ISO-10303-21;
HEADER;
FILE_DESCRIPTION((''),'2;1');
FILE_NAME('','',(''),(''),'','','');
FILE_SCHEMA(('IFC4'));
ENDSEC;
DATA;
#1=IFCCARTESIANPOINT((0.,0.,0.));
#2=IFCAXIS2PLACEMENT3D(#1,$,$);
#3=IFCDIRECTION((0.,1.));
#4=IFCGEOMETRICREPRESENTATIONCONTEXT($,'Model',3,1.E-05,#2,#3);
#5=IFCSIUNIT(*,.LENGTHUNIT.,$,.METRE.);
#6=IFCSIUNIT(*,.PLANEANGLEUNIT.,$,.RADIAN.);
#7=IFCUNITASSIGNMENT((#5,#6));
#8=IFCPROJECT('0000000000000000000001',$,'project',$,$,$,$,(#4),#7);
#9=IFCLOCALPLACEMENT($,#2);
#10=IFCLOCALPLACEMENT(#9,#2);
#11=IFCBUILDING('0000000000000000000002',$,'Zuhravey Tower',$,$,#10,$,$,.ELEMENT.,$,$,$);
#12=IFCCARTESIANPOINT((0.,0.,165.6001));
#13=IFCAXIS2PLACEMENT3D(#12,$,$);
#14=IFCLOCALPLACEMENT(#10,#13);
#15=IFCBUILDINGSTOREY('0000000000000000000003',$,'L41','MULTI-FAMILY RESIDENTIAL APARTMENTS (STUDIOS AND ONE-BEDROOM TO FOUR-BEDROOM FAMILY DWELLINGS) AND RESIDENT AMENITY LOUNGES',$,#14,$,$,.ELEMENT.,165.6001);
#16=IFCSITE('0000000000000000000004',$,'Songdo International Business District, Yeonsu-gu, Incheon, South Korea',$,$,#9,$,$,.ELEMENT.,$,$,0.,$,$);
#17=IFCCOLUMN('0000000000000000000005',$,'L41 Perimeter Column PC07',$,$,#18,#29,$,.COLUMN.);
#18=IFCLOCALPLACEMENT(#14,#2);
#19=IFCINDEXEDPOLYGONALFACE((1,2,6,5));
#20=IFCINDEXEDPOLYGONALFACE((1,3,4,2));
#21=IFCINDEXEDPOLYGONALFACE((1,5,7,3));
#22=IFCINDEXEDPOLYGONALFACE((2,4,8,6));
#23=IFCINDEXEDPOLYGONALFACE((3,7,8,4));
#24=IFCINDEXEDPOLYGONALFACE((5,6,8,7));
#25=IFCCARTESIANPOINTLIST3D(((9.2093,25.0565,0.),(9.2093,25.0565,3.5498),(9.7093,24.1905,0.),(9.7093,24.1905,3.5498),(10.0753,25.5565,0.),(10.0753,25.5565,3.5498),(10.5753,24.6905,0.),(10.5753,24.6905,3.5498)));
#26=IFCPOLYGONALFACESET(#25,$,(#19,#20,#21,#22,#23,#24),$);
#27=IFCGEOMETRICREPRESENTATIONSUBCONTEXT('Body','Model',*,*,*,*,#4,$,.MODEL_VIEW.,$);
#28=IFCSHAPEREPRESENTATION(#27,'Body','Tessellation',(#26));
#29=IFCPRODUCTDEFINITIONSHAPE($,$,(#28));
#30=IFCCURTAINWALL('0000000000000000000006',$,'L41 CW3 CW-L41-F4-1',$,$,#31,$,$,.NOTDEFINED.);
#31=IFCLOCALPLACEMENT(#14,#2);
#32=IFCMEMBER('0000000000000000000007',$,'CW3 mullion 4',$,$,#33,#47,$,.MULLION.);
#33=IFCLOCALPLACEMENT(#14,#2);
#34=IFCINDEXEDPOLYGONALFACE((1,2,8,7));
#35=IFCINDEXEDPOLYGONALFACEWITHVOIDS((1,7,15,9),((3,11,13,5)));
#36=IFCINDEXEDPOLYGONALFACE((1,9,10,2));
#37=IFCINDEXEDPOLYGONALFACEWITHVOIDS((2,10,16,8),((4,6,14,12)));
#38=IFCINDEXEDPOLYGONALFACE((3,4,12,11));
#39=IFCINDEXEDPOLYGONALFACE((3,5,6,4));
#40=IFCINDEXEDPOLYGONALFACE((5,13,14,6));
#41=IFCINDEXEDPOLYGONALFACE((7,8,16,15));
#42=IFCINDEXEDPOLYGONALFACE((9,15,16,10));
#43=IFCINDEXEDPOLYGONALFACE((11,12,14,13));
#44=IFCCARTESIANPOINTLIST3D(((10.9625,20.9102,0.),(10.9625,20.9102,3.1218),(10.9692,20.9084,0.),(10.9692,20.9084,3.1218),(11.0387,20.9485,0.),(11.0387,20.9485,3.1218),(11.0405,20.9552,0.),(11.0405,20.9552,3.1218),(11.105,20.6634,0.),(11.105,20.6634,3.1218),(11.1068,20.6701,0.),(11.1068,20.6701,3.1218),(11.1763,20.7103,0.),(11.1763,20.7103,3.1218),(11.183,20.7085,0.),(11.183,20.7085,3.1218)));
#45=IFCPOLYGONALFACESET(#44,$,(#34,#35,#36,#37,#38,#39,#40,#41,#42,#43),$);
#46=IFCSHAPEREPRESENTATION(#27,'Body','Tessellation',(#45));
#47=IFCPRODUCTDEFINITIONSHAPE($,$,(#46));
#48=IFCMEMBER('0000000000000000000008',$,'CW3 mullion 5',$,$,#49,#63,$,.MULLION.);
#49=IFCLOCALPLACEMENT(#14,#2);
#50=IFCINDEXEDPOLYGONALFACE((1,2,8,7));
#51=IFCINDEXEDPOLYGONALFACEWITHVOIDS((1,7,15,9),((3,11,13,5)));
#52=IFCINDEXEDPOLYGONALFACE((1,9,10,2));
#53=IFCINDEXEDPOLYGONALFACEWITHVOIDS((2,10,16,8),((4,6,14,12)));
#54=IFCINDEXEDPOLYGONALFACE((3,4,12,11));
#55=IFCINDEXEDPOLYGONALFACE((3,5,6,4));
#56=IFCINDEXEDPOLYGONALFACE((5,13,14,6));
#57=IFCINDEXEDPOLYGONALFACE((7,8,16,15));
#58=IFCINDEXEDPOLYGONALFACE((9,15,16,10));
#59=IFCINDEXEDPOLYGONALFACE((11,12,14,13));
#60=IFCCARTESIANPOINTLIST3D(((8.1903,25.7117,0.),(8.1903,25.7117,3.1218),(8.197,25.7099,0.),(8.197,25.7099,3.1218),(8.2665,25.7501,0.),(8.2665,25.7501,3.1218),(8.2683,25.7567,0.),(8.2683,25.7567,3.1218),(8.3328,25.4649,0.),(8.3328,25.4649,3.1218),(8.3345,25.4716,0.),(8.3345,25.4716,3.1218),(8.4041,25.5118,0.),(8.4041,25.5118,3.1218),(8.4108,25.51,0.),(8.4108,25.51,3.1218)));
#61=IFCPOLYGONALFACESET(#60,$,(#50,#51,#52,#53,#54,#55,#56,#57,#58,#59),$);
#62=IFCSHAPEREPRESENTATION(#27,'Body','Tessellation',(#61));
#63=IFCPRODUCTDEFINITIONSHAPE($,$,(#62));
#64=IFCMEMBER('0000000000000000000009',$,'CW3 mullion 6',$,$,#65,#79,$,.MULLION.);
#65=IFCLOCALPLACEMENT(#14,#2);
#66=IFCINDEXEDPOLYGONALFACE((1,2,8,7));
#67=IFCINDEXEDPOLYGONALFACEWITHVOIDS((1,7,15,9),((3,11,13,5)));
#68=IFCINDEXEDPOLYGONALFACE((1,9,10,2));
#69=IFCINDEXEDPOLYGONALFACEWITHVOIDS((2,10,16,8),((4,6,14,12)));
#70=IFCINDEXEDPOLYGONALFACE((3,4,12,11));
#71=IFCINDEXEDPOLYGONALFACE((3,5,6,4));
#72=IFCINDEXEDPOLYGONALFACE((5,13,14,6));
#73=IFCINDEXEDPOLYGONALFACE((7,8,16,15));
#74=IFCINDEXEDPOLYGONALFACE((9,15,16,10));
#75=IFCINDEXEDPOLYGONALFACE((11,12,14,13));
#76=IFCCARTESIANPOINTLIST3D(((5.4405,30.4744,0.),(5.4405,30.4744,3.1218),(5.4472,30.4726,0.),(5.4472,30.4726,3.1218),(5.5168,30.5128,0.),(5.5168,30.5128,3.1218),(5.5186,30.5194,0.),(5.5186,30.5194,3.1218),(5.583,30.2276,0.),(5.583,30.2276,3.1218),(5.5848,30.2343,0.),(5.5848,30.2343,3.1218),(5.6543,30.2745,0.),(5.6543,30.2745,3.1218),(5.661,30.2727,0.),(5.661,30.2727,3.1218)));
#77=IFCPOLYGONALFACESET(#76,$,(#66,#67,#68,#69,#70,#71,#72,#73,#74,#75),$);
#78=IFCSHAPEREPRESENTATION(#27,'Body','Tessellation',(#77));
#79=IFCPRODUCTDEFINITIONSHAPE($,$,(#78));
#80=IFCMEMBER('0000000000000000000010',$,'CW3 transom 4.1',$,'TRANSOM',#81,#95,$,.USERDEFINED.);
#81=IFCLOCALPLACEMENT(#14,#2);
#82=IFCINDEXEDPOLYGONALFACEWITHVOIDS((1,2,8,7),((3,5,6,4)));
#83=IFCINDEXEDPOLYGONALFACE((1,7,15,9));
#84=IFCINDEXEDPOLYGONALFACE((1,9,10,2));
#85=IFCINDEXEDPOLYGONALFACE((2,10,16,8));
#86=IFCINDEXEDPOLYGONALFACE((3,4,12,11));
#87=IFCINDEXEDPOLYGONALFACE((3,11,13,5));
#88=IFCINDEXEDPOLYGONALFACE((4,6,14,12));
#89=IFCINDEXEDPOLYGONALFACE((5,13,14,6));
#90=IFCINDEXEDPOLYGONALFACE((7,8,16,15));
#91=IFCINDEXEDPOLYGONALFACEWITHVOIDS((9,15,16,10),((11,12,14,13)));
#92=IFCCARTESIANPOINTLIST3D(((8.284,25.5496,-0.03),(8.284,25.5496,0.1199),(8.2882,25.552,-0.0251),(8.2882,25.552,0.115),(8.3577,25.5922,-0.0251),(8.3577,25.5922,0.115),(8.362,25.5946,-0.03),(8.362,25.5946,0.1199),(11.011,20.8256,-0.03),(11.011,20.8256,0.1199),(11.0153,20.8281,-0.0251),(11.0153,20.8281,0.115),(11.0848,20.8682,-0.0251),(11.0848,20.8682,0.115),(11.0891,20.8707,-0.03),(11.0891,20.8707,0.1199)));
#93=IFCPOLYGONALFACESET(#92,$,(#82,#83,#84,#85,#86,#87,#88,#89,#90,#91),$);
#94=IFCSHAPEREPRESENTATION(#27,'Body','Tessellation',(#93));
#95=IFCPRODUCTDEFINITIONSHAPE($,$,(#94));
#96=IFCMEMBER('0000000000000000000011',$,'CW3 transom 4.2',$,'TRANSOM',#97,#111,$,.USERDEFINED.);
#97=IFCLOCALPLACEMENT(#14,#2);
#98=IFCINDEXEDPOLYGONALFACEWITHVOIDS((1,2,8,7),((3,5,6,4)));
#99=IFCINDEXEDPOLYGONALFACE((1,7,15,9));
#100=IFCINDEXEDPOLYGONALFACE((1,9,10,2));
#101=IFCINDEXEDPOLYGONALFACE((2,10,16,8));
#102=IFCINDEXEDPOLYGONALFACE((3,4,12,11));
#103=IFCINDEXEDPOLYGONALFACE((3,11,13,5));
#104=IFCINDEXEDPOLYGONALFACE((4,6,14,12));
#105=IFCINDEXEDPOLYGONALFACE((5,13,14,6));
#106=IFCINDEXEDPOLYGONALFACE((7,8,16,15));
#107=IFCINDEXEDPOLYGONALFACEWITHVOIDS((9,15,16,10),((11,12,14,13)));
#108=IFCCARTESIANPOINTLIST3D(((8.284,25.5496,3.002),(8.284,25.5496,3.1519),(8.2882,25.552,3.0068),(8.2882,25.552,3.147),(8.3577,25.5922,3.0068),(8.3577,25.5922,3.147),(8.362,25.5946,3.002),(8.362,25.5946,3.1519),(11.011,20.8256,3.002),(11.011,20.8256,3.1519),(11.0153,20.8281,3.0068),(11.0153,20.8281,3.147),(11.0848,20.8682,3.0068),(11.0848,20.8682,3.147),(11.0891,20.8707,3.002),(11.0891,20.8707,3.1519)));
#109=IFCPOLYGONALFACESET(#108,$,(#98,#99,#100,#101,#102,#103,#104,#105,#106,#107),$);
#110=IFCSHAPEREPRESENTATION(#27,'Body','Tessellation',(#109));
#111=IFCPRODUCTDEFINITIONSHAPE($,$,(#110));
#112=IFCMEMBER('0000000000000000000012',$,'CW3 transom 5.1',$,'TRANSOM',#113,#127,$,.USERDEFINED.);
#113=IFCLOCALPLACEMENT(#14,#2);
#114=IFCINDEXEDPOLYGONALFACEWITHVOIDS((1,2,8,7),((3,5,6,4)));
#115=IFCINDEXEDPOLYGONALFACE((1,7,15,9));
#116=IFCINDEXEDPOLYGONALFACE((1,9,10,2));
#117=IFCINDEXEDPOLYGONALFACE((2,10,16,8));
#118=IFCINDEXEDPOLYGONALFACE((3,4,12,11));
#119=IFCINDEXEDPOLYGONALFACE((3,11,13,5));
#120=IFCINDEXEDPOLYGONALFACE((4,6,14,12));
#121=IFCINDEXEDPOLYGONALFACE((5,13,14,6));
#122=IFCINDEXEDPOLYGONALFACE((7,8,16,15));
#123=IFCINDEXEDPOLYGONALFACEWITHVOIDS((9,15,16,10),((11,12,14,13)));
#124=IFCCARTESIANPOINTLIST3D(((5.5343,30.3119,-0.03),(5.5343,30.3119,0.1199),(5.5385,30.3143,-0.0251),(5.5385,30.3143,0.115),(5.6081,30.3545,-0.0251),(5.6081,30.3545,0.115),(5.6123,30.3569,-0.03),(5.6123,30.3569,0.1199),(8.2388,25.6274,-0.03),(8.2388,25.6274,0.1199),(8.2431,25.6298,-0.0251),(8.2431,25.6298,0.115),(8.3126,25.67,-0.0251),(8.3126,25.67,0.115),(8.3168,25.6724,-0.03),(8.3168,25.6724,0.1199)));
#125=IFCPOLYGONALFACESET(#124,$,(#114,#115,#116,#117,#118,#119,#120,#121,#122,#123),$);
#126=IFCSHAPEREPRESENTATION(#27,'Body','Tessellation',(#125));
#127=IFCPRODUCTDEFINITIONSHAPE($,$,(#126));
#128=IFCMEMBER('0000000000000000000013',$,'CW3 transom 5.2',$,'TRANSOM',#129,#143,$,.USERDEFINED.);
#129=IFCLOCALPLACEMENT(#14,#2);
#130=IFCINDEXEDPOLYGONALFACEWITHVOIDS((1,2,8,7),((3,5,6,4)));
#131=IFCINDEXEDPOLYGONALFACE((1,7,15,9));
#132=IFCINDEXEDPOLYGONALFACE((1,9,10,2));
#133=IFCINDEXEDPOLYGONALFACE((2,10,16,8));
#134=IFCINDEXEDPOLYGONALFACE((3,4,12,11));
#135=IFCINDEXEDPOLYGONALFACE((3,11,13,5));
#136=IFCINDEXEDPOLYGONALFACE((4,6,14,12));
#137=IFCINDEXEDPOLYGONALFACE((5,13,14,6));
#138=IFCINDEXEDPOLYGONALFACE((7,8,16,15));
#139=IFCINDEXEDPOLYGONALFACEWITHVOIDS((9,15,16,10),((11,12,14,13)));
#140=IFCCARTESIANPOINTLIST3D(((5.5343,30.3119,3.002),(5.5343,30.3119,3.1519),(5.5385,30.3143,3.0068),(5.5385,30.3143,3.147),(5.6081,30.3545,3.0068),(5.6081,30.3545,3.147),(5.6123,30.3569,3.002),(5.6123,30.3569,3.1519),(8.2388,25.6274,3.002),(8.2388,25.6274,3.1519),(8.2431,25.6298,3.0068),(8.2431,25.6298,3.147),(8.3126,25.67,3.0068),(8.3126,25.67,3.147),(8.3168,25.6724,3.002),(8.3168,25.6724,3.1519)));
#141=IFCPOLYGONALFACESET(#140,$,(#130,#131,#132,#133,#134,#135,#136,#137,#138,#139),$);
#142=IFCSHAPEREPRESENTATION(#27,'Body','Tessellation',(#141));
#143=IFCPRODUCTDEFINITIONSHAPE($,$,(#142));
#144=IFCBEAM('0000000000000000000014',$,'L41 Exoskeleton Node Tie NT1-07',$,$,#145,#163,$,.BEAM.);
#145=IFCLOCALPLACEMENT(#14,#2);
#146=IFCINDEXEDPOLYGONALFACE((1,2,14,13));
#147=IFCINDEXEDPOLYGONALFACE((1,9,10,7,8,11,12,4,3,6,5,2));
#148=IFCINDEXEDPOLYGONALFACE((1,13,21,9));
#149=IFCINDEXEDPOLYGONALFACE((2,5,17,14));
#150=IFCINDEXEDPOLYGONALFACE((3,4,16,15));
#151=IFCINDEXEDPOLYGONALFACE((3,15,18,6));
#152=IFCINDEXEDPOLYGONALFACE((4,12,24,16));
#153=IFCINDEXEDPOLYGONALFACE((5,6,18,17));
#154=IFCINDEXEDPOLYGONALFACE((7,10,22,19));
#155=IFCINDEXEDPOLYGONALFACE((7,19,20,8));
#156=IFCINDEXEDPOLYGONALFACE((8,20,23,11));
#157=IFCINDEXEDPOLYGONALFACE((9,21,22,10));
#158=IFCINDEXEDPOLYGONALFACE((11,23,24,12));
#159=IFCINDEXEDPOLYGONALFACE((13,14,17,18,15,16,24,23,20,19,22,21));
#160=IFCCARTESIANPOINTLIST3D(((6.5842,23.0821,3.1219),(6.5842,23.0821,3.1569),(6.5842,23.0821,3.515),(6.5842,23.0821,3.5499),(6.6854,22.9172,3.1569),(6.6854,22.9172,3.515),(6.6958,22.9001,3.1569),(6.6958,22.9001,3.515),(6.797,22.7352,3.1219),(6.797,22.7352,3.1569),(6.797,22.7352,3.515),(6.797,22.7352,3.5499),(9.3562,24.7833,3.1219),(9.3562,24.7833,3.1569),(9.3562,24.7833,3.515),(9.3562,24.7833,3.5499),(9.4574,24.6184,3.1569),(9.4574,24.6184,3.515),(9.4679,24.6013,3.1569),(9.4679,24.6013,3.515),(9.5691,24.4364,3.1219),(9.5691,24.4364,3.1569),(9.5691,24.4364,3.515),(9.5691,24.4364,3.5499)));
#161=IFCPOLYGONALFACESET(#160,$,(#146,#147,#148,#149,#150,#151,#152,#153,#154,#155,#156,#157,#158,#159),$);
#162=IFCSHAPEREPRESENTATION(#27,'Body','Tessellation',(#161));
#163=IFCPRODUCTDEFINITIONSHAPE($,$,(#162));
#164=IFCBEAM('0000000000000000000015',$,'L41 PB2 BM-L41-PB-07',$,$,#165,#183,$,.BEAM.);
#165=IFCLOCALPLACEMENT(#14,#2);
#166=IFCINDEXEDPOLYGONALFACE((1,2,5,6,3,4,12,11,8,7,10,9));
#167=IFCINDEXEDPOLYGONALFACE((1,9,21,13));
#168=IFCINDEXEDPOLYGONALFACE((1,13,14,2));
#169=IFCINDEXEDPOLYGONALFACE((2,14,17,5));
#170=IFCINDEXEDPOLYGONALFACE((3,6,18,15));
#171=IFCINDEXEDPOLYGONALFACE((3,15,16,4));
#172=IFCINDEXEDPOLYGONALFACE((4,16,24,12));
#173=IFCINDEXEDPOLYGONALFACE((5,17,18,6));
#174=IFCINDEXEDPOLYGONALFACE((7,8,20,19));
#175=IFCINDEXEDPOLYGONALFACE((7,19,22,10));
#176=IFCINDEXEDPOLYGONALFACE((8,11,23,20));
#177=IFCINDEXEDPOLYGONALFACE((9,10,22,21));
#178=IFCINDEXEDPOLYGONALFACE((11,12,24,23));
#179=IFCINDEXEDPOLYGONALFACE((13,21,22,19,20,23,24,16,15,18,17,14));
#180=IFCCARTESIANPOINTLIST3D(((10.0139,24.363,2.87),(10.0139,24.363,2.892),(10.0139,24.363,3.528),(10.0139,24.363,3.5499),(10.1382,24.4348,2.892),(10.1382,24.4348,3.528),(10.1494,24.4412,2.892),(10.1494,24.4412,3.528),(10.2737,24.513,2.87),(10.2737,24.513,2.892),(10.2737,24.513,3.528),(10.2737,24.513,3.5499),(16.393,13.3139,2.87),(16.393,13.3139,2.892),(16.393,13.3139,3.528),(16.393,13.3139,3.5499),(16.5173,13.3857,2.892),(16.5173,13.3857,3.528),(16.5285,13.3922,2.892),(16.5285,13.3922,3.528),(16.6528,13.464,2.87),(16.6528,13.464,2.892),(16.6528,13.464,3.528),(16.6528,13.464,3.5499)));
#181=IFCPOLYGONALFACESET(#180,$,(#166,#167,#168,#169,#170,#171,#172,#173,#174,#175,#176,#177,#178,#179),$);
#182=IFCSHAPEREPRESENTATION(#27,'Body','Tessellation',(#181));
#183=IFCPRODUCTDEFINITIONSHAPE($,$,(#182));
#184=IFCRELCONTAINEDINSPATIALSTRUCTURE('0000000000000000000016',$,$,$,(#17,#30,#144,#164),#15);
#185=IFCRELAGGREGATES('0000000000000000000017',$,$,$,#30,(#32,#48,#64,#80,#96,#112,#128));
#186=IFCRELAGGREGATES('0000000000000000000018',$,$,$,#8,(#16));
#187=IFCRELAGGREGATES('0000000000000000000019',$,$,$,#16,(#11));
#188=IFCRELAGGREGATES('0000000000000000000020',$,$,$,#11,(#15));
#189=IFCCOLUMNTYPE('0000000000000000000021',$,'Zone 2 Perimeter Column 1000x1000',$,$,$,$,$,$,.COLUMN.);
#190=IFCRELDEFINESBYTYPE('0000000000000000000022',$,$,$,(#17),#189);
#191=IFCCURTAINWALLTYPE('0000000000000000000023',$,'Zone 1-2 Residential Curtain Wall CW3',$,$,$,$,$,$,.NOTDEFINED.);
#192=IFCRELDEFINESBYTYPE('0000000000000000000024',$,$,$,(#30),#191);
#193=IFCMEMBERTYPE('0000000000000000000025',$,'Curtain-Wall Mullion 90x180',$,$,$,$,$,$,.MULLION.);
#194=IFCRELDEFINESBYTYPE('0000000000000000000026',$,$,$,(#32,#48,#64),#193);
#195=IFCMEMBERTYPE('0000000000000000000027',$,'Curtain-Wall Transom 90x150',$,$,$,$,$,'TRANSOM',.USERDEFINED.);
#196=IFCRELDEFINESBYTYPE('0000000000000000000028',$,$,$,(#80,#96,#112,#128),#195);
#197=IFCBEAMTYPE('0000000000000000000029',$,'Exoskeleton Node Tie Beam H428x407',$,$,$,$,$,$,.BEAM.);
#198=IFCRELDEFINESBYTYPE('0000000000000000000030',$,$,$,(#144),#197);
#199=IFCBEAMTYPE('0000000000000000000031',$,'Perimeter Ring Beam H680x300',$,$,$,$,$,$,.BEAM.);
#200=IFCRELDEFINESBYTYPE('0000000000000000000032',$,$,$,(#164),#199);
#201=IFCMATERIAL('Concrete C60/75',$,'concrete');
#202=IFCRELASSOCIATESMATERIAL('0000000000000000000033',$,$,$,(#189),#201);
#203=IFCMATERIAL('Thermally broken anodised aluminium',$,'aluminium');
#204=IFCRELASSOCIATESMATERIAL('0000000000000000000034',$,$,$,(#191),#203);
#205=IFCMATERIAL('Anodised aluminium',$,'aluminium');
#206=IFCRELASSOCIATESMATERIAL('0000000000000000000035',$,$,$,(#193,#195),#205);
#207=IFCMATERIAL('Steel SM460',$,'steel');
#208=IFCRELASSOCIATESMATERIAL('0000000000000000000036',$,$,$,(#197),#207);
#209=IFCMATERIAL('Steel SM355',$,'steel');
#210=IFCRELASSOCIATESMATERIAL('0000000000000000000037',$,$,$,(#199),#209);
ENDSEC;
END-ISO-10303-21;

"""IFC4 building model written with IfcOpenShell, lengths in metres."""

from ifc_helpers import new_model, si_unit, direction, frame, origin, origin_2d, place, context, subcontext, project, spatial, rectangle, hollow_rectangle, i_section, extrude, material, material_profile, profile_set, type_object, element, aggregate, save


model = new_model("IFC4")

# Units and contexts
model_context = context("Model", 3, precision=1e-05, world=origin(), true_north=direction((0.0, 1.0)))
body_context = subcontext(model_context, "Body", "Model", "MODEL_VIEW")
ifc_project = project(units=[si_unit("LENGTHUNIT", "METRE"), si_unit("PLANEANGLEUNIT", "RADIAN")], contexts=[model_context])

# Site, building, storey
site_placement = place(None, origin())
site = spatial("IfcSite", under=ifc_project, at=site_placement, Name="Songdo International Business District, Yeonsu-gu, Incheon, South Korea", CompositionType="ELEMENT", RefElevation=0.0)
building_placement = place(site_placement, origin())
building = spatial("IfcBuilding", under=site, at=building_placement, Name="Zuhravey Tower", CompositionType="ELEMENT")
storey_placement = place(building_placement, frame((0.0, 0.0, 165.6001)))
storey = spatial("IfcBuildingStorey", under=building, at=storey_placement, Name="L41", Description="MULTI-FAMILY RESIDENTIAL APARTMENTS (STUDIOS AND ONE-BEDROOM TO FOUR-BEDROOM FAMILY DWELLINGS) AND RESIDENT AMENITY LOUNGES", CompositionType="ELEMENT", Elevation=165.6001)

# Column
ifc_material_1 = material(Name="Concrete C60/75", Category="concrete")
ifc_material_profile_1 = material_profile(ifc_material_1, rectangle(XDim=1.0, YDim=1.0, at=origin_2d()), Name="RC-1000x1000")
ifc_profile_set_1 = profile_set([ifc_material_profile_1], Name="Concrete C60/75")
column_type = type_object("IfcColumnType", Name="Zone 2 Perimeter Column 1000x1000", PredefinedType="COLUMN", material=ifc_profile_set_1)
column_placement = place(storey_placement, frame((9.8923, 24.8735, 0.0), z_axis=(0.0, 0.0, 1.0), x_axis=(0.5, -0.866025, 0.0)))
element("IfcColumn", 1, at=column_placement, inside=storey, type_object=column_type, Name="L41 Perimeter Column PC07", PredefinedType="COLUMN", context=body_context, shape_type="SweptSolid", body=[
    extrude(rectangle(XDim=1.0, YDim=1.0, at=origin_2d()), origin(), (0.0, 0.0, 1.0), 3.5498),
])

# Curtain wall, members
ifc_material_2 = material(Name="Thermally broken anodised aluminium", Category="aluminium")
curtain_wall_type = type_object("IfcCurtainWallType", Name="Zone 1-2 Residential Curtain Wall CW3", PredefinedType="NOTDEFINED", material=ifc_material_2)
curtain_wall_placement = place(storey_placement, origin())
curtain_wall = element("IfcCurtainWall", 2, at=curtain_wall_placement, inside=storey, type_object=curtain_wall_type, Name="L41 CW3 CW-L41-F4-1", PredefinedType="NOTDEFINED")
ifc_material_3 = material(Name="Anodised aluminium", Category="aluminium")
ifc_material_profile_2 = material_profile(ifc_material_3, hollow_rectangle(XDim=0.0901, YDim=0.2849, WallThickness=0.0049, at=origin_2d()), Name="ALU-RHS-90x285x5")
ifc_profile_set_2 = profile_set([ifc_material_profile_2], Name="Anodised aluminium")
member_type_1 = type_object("IfcMemberType", Name="Curtain-Wall Mullion 90x180", PredefinedType="MULLION", material=ifc_profile_set_2)
member_1_placement = place(storey_placement, frame((11.0728, 20.8093, 0.0), z_axis=(0.0, 0.0, 1.0), x_axis=(-0.866025, -0.5, 0.0)))
member_1 = element("IfcMember", 3, at=member_1_placement, type_object=member_type_1, Name="CW3 mullion 4", PredefinedType="MULLION", context=body_context, shape_type="SweptSolid", body=[
    extrude(hollow_rectangle(XDim=0.0901, YDim=0.2849, WallThickness=0.0049, at=origin_2d()), origin(), (0.0, 0.0, 1.0), 3.1218),
])
member_2_placement = place(storey_placement, frame((8.3005, 25.6108, 0.0), z_axis=(0.0, 0.0, 1.0), x_axis=(-0.866025, -0.5, 0.0)))
member_2 = element("IfcMember", 4, at=member_2_placement, type_object=member_type_1, Name="CW3 mullion 5", PredefinedType="MULLION", context=body_context, shape_type="SweptSolid", body=[
    extrude(hollow_rectangle(XDim=0.0901, YDim=0.2849, WallThickness=0.0049, at=origin_2d()), origin(), (0.0, 0.0, 1.0), 3.1218),
])
member_3_placement = place(storey_placement, frame((5.5508, 30.3735, 0.0), z_axis=(0.0, 0.0, 1.0), x_axis=(-0.866025, -0.5, 0.0)))
member_3 = element("IfcMember", 5, at=member_3_placement, type_object=member_type_1, Name="CW3 mullion 6", PredefinedType="MULLION", context=body_context, shape_type="SweptSolid", body=[
    extrude(hollow_rectangle(XDim=0.0901, YDim=0.2849, WallThickness=0.0049, at=origin_2d()), origin(), (0.0, 0.0, 1.0), 3.1218),
])
ifc_material_profile_3 = material_profile(ifc_material_3, hollow_rectangle(XDim=0.0901, YDim=0.1499, WallThickness=0.0049, at=origin_2d()), Name="ALU-RHS-90x150x5")
ifc_profile_set_3 = profile_set([ifc_material_profile_3], Name="Anodised aluminium")
member_type_2 = type_object("IfcMemberType", Name="Curtain-Wall Transom 90x150", ElementType="TRANSOM", PredefinedType="USERDEFINED", material=ifc_profile_set_3)
member_4_placement = place(storey_placement, frame((11.05, 20.8481, 0.0449), z_axis=(-0.499961, 0.866048, 0.0), x_axis=(-0.866048, -0.499961, 0.0)))
member_4 = element("IfcMember", 6, at=member_4_placement, type_object=member_type_2, Name="CW3 transom 4.1", ObjectType="TRANSOM", PredefinedType="USERDEFINED", context=body_context, shape_type="SweptSolid", body=[
    extrude(hollow_rectangle(XDim=0.0901, YDim=0.1499, WallThickness=0.0049, at=origin_2d()), origin(), (0.0, 0.0, 1.0), 5.4546),
])
member_5_placement = place(storey_placement, frame((11.05, 20.8481, 3.0769), z_axis=(-0.499961, 0.866048, 0.0), x_axis=(-0.866048, -0.499961, 0.0)))
member_5 = element("IfcMember", 7, at=member_5_placement, type_object=member_type_2, Name="CW3 transom 4.2", ObjectType="TRANSOM", PredefinedType="USERDEFINED", context=body_context, shape_type="SweptSolid", body=[
    extrude(hollow_rectangle(XDim=0.0901, YDim=0.1499, WallThickness=0.0049, at=origin_2d()), origin(), (0.0, 0.0, 1.0), 5.4546),
])
member_6_placement = place(storey_placement, frame((8.2778, 25.6499, 0.0449), z_axis=(-0.499993, 0.866029, 0.0), x_axis=(-0.866029, -0.499993, 0.0)))
member_6 = element("IfcMember", 8, at=member_6_placement, type_object=member_type_2, Name="CW3 transom 5.1", ObjectType="TRANSOM", PredefinedType="USERDEFINED", context=body_context, shape_type="SweptSolid", body=[
    extrude(hollow_rectangle(XDim=0.0901, YDim=0.1499, WallThickness=0.0049, at=origin_2d()), origin(), (0.0, 0.0, 1.0), 5.4092),
])
member_7_placement = place(storey_placement, frame((8.2778, 25.6499, 3.0769), z_axis=(-0.499993, 0.866029, 0.0), x_axis=(-0.866029, -0.499993, 0.0)))
member_7 = element("IfcMember", 9, at=member_7_placement, type_object=member_type_2, Name="CW3 transom 5.2", ObjectType="TRANSOM", PredefinedType="USERDEFINED", context=body_context, shape_type="SweptSolid", body=[
    extrude(hollow_rectangle(XDim=0.0901, YDim=0.1499, WallThickness=0.0049, at=origin_2d()), origin(), (0.0, 0.0, 1.0), 5.4092),
])

# Beams
ifc_material_4 = material(Name="Steel SM460", Category="steel")
ifc_material_profile_4 = material_profile(ifc_material_4, i_section(OverallWidth=0.407, OverallDepth=0.428, WebThickness=0.02, FlangeThickness=0.0349, at=origin_2d()), Name="H-428x407x20x35")
ifc_profile_set_4 = profile_set([ifc_material_profile_4], Name="Steel SM460")
beam_type_1 = type_object("IfcBeamType", Name="Exoskeleton Node Tie Beam H428x407", PredefinedType="BEAM", material=ifc_profile_set_4)
beam_1_placement = place(storey_placement, frame((9.4626, 24.6099, 3.3359), z_axis=(-0.852297, -0.523058, 0.0), x_axis=(0.523058, -0.852297, 0.0)))
element("IfcBeam", 10, at=beam_1_placement, inside=storey, type_object=beam_type_1, Name="L41 Exoskeleton Node Tie NT1-07", PredefinedType="BEAM", context=body_context, shape_type="SweptSolid", body=[
    extrude(i_section(OverallWidth=0.407, OverallDepth=0.428, WebThickness=0.02, FlangeThickness=0.0349, at=origin_2d()), origin(), (0.0, 0.0, 1.0), 3.2524),
])
ifc_material_5 = material(Name="Steel SM355", Category="steel")
ifc_material_profile_5 = material_profile(ifc_material_5, i_section(OverallWidth=0.3, OverallDepth=0.6799, WebThickness=0.0129, FlangeThickness=0.022, at=origin_2d()), Name="H-680x300x13x22")
ifc_profile_set_5 = profile_set([ifc_material_profile_5], Name="Steel SM355")
beam_type_2 = type_object("IfcBeamType", Name="Perimeter Ring Beam H680x300", PredefinedType="BEAM", material=ifc_profile_set_5)
beam_2_placement = place(storey_placement, frame((10.1438, 24.438, 3.21), z_axis=(0.499998, -0.866027, 0.0), x_axis=(0.866027, 0.499998, 0.0)))
element("IfcBeam", 11, at=beam_2_placement, inside=storey, type_object=beam_type_2, Name="L41 PB2 BM-L41-PB-07", PredefinedType="BEAM", context=body_context, shape_type="SweptSolid", body=[
    extrude(i_section(OverallWidth=0.3, OverallDepth=0.6799, WebThickness=0.0129, FlangeThickness=0.022, at=origin_2d()), origin(), (0.0, 0.0, 1.0), 12.7583),
])

aggregate(curtain_wall, [member_1, member_2, member_3, member_4, member_5, member_6, member_7])

save(model, "model.ifc")
